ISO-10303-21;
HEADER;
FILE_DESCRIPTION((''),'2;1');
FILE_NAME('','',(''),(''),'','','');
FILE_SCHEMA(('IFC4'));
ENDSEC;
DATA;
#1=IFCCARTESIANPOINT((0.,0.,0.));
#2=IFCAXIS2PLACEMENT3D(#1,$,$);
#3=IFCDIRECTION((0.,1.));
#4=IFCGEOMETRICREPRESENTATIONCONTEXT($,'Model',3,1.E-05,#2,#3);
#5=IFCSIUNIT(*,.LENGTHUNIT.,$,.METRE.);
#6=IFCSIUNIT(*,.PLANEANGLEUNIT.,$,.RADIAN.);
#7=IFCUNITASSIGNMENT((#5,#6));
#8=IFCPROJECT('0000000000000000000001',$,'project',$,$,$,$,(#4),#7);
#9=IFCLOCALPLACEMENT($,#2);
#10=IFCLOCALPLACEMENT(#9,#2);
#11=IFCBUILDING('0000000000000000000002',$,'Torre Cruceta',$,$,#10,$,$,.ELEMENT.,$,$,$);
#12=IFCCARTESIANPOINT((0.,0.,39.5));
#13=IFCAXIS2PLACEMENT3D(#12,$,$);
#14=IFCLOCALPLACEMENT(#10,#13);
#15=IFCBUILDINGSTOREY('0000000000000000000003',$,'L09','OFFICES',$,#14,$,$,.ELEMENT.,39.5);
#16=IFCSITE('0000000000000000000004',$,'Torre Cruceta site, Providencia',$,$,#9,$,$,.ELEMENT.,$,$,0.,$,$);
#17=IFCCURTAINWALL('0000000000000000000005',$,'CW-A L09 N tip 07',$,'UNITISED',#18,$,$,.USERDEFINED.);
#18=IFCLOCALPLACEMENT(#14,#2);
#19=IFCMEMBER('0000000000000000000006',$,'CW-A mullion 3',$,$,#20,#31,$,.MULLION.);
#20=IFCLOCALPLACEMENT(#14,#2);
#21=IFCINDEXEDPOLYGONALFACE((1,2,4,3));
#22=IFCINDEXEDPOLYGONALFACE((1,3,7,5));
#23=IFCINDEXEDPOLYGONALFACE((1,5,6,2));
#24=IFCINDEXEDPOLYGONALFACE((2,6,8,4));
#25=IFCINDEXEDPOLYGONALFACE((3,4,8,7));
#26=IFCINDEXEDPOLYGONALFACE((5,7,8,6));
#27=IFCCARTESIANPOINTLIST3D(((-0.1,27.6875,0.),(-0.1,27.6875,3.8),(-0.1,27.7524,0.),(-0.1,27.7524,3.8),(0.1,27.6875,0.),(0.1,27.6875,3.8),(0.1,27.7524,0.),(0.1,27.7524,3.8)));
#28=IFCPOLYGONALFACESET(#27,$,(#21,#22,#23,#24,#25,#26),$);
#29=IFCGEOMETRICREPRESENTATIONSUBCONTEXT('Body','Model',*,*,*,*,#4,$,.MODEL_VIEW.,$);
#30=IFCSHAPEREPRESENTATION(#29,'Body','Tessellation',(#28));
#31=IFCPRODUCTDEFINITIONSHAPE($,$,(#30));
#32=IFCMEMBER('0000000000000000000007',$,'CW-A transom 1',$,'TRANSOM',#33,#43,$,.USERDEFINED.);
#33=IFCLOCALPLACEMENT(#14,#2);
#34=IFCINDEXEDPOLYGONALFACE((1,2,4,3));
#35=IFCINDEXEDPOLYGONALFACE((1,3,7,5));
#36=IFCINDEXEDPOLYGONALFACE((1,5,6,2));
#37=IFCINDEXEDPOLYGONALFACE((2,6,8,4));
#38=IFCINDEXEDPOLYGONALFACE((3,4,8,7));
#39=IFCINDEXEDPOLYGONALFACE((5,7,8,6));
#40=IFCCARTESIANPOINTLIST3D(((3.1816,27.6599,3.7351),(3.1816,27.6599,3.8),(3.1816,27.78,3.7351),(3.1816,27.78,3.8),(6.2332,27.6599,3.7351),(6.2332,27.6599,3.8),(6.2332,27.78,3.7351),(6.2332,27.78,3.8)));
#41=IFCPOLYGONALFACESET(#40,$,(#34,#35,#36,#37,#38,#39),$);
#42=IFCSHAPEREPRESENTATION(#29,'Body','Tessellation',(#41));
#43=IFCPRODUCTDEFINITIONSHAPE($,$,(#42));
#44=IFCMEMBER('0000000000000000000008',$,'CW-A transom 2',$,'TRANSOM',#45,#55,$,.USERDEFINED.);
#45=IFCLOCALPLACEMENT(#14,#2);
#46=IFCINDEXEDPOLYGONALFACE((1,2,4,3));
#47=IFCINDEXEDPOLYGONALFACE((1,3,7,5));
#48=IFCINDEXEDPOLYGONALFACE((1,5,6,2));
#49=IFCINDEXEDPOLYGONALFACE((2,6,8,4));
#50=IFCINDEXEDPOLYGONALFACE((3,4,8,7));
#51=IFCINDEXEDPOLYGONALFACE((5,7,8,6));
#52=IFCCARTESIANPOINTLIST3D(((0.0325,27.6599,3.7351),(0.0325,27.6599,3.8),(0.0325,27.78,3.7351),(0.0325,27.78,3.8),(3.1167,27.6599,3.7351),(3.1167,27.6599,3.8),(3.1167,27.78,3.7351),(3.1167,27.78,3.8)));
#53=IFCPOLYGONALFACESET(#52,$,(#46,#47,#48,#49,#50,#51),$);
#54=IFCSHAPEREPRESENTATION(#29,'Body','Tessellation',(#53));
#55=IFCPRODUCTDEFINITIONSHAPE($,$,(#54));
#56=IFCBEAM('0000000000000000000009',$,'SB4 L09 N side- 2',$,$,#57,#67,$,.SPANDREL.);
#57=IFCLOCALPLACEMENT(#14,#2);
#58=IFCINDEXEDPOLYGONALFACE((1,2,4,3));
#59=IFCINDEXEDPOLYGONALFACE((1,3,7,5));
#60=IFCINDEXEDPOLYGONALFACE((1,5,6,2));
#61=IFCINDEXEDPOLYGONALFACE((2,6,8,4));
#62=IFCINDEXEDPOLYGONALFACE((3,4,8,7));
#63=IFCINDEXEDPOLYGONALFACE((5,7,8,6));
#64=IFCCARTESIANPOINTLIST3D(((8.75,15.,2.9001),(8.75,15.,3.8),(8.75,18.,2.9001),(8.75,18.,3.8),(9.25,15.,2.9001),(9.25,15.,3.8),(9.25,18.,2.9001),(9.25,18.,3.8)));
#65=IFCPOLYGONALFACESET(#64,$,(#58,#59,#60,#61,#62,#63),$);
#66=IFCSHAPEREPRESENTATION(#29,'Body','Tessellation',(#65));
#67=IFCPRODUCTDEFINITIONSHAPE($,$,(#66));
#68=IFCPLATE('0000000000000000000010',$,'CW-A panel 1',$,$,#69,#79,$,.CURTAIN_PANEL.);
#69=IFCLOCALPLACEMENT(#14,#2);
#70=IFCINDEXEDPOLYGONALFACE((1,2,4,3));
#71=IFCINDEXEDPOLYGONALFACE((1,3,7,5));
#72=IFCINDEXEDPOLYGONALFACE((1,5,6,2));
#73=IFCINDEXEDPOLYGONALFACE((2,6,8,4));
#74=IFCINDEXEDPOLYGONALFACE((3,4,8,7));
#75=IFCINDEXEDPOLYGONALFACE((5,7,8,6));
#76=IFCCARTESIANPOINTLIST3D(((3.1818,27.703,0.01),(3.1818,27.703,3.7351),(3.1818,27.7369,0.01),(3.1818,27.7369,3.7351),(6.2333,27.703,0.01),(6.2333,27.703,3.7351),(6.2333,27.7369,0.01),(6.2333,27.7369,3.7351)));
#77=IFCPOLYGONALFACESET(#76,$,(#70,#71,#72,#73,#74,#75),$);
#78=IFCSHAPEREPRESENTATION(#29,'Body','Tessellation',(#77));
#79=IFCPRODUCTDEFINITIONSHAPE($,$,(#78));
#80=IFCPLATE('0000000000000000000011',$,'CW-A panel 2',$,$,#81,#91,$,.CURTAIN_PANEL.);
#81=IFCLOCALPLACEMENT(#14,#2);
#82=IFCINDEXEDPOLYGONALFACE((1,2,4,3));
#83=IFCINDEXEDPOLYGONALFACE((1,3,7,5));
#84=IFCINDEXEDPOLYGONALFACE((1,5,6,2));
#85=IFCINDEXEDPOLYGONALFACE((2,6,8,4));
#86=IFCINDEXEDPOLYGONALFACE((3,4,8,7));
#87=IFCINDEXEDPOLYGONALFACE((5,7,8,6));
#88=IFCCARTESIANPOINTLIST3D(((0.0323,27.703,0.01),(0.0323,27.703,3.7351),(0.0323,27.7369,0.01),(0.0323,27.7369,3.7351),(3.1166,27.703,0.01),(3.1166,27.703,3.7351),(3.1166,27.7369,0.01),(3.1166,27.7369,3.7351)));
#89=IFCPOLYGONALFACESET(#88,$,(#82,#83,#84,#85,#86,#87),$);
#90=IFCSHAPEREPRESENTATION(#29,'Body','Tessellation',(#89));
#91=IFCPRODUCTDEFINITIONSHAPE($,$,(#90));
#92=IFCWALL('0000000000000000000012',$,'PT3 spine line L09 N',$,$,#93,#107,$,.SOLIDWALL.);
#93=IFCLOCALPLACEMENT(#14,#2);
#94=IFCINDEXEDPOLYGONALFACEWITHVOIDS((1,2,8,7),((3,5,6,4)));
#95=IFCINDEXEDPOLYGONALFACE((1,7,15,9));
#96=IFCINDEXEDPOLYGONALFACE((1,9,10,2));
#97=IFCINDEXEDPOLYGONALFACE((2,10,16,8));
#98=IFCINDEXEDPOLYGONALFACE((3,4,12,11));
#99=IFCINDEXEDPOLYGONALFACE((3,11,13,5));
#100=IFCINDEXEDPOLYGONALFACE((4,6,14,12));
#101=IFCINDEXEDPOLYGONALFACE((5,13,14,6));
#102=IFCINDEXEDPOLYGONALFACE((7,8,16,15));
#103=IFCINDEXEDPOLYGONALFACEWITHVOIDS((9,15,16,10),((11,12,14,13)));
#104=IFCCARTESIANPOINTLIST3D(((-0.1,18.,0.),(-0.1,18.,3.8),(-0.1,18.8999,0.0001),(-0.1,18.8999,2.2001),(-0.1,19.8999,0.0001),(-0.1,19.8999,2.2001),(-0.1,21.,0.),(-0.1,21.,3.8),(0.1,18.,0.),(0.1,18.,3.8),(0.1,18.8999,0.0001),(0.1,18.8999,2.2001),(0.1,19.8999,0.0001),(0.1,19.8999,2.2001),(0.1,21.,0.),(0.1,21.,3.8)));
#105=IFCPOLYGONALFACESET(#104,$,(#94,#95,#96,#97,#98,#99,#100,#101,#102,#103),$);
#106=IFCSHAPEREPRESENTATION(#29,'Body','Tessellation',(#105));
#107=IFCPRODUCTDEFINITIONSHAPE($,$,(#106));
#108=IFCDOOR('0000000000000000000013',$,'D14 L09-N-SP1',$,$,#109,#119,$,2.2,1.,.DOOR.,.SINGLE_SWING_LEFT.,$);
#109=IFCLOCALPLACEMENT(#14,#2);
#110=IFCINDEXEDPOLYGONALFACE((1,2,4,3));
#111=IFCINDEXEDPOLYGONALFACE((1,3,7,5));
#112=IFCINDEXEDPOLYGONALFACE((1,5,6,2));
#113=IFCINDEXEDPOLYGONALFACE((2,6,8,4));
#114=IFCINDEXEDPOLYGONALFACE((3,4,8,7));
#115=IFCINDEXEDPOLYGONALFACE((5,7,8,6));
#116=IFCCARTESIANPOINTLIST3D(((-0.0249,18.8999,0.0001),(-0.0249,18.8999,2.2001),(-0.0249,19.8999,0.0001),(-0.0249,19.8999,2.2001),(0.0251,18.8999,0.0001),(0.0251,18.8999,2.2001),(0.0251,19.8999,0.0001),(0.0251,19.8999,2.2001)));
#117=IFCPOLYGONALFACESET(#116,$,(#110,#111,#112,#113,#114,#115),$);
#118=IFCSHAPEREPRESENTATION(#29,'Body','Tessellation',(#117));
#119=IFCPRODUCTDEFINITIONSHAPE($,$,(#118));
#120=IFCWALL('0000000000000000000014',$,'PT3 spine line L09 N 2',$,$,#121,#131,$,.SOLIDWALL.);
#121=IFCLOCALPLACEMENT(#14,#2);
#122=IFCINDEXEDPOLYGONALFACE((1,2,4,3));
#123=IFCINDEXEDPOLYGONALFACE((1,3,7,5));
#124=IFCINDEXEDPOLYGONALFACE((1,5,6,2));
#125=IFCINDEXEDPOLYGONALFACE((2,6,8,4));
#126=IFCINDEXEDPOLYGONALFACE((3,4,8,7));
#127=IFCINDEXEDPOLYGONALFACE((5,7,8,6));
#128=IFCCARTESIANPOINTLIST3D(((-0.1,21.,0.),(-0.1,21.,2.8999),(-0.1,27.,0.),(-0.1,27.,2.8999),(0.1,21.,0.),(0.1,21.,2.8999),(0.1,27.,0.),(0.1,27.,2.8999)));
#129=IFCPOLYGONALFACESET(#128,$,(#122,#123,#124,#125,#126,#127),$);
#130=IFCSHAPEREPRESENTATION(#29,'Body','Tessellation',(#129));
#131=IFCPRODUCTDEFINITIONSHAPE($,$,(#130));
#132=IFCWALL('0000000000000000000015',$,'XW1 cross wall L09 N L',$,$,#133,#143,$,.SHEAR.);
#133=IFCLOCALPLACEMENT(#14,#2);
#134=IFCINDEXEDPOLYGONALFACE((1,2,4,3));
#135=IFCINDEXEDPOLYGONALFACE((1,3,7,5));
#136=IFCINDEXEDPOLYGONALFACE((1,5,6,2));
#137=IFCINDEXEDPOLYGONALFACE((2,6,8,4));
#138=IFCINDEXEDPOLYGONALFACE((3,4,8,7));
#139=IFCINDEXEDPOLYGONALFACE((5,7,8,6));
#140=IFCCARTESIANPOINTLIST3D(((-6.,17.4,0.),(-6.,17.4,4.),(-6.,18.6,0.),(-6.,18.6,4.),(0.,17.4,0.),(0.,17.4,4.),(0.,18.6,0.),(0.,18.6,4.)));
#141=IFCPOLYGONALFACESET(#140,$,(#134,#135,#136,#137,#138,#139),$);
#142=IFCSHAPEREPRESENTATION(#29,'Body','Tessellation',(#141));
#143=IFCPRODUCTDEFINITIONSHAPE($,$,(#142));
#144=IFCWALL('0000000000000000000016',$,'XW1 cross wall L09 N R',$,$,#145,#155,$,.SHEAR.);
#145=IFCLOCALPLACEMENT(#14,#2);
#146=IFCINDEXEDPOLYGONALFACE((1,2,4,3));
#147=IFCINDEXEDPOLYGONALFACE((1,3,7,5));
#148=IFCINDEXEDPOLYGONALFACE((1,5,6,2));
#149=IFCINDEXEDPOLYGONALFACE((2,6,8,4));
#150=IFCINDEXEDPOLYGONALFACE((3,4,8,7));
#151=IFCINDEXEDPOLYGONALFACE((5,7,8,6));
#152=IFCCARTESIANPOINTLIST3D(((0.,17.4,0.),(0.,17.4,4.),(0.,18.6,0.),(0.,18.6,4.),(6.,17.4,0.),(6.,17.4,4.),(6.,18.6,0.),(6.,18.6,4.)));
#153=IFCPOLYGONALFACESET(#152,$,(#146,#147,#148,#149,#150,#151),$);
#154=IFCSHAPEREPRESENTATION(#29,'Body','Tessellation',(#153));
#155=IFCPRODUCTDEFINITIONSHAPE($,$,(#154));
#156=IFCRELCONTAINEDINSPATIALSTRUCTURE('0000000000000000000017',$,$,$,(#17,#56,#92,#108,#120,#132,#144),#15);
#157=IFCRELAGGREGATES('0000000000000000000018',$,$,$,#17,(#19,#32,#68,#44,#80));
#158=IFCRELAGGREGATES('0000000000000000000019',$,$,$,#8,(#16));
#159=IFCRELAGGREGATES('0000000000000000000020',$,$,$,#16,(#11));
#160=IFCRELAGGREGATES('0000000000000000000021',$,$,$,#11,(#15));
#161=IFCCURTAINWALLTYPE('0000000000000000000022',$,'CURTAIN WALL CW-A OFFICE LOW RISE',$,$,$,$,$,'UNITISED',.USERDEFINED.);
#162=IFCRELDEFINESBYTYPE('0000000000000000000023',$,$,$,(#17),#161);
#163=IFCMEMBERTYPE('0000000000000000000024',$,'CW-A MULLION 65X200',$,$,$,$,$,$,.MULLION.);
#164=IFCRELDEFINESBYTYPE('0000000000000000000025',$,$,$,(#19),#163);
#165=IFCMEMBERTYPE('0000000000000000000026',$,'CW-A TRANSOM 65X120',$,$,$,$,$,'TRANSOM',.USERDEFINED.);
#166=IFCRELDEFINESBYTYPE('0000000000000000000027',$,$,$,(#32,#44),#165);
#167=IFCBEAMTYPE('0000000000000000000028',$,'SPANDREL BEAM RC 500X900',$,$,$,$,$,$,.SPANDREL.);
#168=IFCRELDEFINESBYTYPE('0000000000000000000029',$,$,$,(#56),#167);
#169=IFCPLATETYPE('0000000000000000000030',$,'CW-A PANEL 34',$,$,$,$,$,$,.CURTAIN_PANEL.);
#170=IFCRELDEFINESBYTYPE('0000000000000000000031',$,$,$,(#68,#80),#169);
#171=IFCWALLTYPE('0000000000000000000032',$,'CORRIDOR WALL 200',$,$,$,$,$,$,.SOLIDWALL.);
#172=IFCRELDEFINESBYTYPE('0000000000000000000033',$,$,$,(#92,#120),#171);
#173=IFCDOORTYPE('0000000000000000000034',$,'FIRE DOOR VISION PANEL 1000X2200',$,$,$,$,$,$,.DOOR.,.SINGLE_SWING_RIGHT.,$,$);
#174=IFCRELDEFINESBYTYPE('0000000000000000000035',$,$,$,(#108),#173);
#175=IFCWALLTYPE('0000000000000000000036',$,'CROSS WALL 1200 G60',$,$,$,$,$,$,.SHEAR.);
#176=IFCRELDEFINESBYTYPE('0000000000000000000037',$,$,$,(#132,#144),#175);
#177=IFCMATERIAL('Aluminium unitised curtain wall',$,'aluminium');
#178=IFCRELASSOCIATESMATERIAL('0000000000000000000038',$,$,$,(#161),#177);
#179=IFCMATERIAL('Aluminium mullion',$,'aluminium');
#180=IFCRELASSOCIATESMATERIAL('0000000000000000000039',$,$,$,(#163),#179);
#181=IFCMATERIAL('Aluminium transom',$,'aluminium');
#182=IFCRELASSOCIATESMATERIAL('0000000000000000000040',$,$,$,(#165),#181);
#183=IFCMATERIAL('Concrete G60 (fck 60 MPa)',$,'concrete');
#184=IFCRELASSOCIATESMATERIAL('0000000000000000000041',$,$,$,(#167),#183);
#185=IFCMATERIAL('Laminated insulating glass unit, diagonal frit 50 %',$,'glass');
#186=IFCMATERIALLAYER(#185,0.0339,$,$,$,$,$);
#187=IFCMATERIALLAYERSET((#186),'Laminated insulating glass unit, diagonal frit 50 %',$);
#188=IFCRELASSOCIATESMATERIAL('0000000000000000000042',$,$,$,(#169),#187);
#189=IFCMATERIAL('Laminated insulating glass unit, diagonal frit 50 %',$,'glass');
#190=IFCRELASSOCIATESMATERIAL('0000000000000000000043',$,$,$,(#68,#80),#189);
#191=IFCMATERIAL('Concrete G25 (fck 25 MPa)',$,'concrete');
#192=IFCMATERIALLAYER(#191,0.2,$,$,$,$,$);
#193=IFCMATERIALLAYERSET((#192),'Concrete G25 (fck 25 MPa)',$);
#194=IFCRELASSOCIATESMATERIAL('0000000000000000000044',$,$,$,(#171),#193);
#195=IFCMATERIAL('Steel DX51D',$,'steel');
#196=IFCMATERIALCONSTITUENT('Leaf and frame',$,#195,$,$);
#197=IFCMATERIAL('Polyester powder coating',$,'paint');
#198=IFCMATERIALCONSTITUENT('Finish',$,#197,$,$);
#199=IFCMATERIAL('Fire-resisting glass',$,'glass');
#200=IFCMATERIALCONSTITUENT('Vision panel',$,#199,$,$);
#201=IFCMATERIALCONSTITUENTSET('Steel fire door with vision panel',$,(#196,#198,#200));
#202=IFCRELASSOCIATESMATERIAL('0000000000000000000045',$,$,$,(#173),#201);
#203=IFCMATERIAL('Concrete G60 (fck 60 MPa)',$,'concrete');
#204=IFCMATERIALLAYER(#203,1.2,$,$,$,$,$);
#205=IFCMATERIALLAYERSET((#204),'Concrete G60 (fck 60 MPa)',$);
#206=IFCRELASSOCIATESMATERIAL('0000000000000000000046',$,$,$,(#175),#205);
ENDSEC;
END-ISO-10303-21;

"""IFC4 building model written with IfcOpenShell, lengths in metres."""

from ifc_helpers import new_model, si_unit, direction, frame, frame_2d, origin, origin_2d, place, context, subcontext, project, spatial, rectangle, extrude, material, layer, layer_set, constituent, constituent_set, material_profile, profile_set, type_object, element, fill, aggregate, save


model = new_model("IFC4")

# Units and contexts
model_context = context("Model", 3, precision=1e-05, world=origin(), true_north=direction((0.0, 1.0)))
body_context = subcontext(model_context, "Body", "Model", "MODEL_VIEW")
ifc_project = project(units=[si_unit("LENGTHUNIT", "METRE"), si_unit("PLANEANGLEUNIT", "RADIAN")], contexts=[model_context])

# Site, building, storey
site_placement = place(None, origin())
site = spatial("IfcSite", under=ifc_project, at=site_placement, Name="Torre Cruceta site, Providencia", CompositionType="ELEMENT", RefElevation=0.0)
building_placement = place(site_placement, origin())
building = spatial("IfcBuilding", under=site, at=building_placement, Name="Torre Cruceta", CompositionType="ELEMENT")
storey_placement = place(building_placement, frame((0.0, 0.0, 39.5)))
storey = spatial("IfcBuildingStorey", under=building, at=storey_placement, Name="L09", Description="OFFICES", CompositionType="ELEMENT", Elevation=39.5)

# Curtain wall, members
ifc_material_1 = material(Name="Aluminium unitised curtain wall", Category="aluminium")
curtain_wall_type = type_object("IfcCurtainWallType", Name="CURTAIN WALL CW-A OFFICE LOW RISE", ElementType="UNITISED", PredefinedType="USERDEFINED", material=ifc_material_1)
curtain_wall_placement = place(storey_placement, origin())
curtain_wall = element("IfcCurtainWall", 1, at=curtain_wall_placement, inside=storey, type_object=curtain_wall_type, Name="CW-A L09 N tip 07", ObjectType="UNITISED", PredefinedType="USERDEFINED")
ifc_material_2 = material(Name="Aluminium mullion", Category="aluminium")
ifc_material_profile_1 = material_profile(ifc_material_2, rectangle(XDim=0.0649, YDim=0.2, at=origin_2d()), Name="AL 65X200")
ifc_profile_set_1 = profile_set([ifc_material_profile_1], Name="Aluminium mullion")
member_type_1 = type_object("IfcMemberType", Name="CW-A MULLION 65X200", PredefinedType="MULLION", material=ifc_profile_set_1)
member_1_placement = place(storey_placement, frame((0.0, 27.72, 0.0), z_axis=(0.0, 0.0, 1.0), x_axis=(0.0, -1.0, 0.0)))
member_1 = element("IfcMember", 2, at=member_1_placement, type_object=member_type_1, Name="CW-A mullion 3", PredefinedType="MULLION", context=body_context, shape_type="SweptSolid", body=[
    extrude(rectangle(XDim=0.0649, YDim=0.2, at=origin_2d()), origin(), (0.0, 0.0, 1.0), 3.8),
])
ifc_material_3 = material(Name="Aluminium transom", Category="aluminium")
ifc_material_profile_2 = material_profile(ifc_material_3, rectangle(XDim=0.1201, YDim=0.0649, at=origin_2d()), Name="AL 120X65")
ifc_profile_set_2 = profile_set([ifc_material_profile_2], Name="Aluminium transom")
member_type_2 = type_object("IfcMemberType", Name="CW-A TRANSOM 65X120", ElementType="TRANSOM", PredefinedType="USERDEFINED", material=ifc_profile_set_2)
member_2_placement = place(storey_placement, frame((6.2332, 27.72, 3.7676), z_axis=(-1.0, 0.0, 0.0), x_axis=(0.0, -1.0, 0.0)))
member_2 = element("IfcMember", 3, at=member_2_placement, type_object=member_type_2, Name="CW-A transom 1", ObjectType="TRANSOM", PredefinedType="USERDEFINED", context=body_context, shape_type="SweptSolid", body=[
    extrude(rectangle(XDim=0.1201, YDim=0.0649, at=origin_2d()), origin(), (0.0, 0.0, 1.0), 3.0515),
])
member_3_placement = place(storey_placement, frame((3.1167, 27.72, 3.7676), z_axis=(-1.0, 0.0, 0.0), x_axis=(0.0, -1.0, 0.0)))
member_3 = element("IfcMember", 4, at=member_3_placement, type_object=member_type_2, Name="CW-A transom 2", ObjectType="TRANSOM", PredefinedType="USERDEFINED", context=body_context, shape_type="SweptSolid", body=[
    extrude(rectangle(XDim=0.1201, YDim=0.0649, at=origin_2d()), origin(), (0.0, 0.0, 1.0), 3.0842),
])

# Beam
ifc_material_4 = material(Name="Concrete G60 (fck 60 MPa)", Category="concrete")
ifc_material_profile_3 = material_profile(ifc_material_4, rectangle(XDim=0.5, YDim=0.8999, at=origin_2d()), Name="RC 500X900")
ifc_profile_set_3 = profile_set([ifc_material_profile_3], Name="Concrete G60 (fck 60 MPa)")
beam_type_1 = type_object("IfcBeamType", Name="SPANDREL BEAM RC 500X900", PredefinedType="SPANDREL", material=ifc_profile_set_3)
beam_placement = place(storey_placement, frame((9.0, 15.0, 3.3501), z_axis=(0.0, 1.0, 0.0), x_axis=(-1.0, 0.0, 0.0)))
element("IfcBeam", 5, at=beam_placement, inside=storey, type_object=beam_type_1, Name="SB4 L09 N side- 2", PredefinedType="SPANDREL", context=body_context, shape_type="SweptSolid", body=[
    extrude(rectangle(XDim=0.5, YDim=0.8999, at=origin_2d()), origin(), (0.0, 0.0, 1.0), 3.0),
])

# Plates
ifc_material_5 = material(Name="Laminated insulating glass unit, diagonal frit 50 %", Category="glass")
ifc_material_6 = material(Name="Laminated insulating glass unit, diagonal frit 50 %", Category="glass")
ifc_layer_1 = layer(ifc_material_6, 0.0339)
ifc_layer_set_1 = layer_set([ifc_layer_1], Name="Laminated insulating glass unit, diagonal frit 50 %")
plate_type = type_object("IfcPlateType", Name="CW-A PANEL 34", PredefinedType="CURTAIN_PANEL", material=ifc_layer_set_1)
plate_1_placement = place(storey_placement, frame((4.7075, 27.72, 0.01), z_axis=(0.0, 0.0, 1.0), x_axis=(-1.0, 0.0, 0.0)))
plate_1 = element("IfcPlate", 6, at=plate_1_placement, type_object=plate_type, material=ifc_material_5, Name="CW-A panel 1", PredefinedType="CURTAIN_PANEL", context=body_context, shape_type="SweptSolid", body=[
    extrude(rectangle(XDim=3.0515, YDim=0.0339, at=origin_2d()), origin(), (0.0, 0.0, 1.0), 3.7251),
])
plate_2_placement = place(storey_placement, frame((1.5745, 27.72, 0.01), z_axis=(0.0, 0.0, 1.0), x_axis=(-1.0, 0.0, 0.0)))
plate_2 = element("IfcPlate", 7, at=plate_2_placement, type_object=plate_type, material=ifc_material_5, Name="CW-A panel 2", PredefinedType="CURTAIN_PANEL", context=body_context, shape_type="SweptSolid", body=[
    extrude(rectangle(XDim=3.0842, YDim=0.0339, at=origin_2d()), origin(), (0.0, 0.0, 1.0), 3.7251),
])
aggregate(curtain_wall, [member_1, member_2, plate_1, member_3, plate_2])

# Wall, opening, door
ifc_material_7 = material(Name="Concrete G25 (fck 25 MPa)", Category="concrete")
ifc_layer_2 = layer(ifc_material_7, 0.2)
ifc_layer_set_2 = layer_set([ifc_layer_2], Name="Concrete G25 (fck 25 MPa)")
wall_type_1 = type_object("IfcWallType", Name="CORRIDOR WALL 200", PredefinedType="SOLIDWALL", material=ifc_layer_set_2)
wall_1_placement = place(storey_placement, frame((0.0, 18.0, 0.0), z_axis=(0.0, 0.0, 1.0), x_axis=(0.0, 1.0, 0.0)))
wall_1 = element("IfcWall", 8, at=wall_1_placement, inside=storey, type_object=wall_type_1, Name="PT3 spine line L09 N", PredefinedType="SOLIDWALL", context=body_context, shape_type="SweptSolid", body=[
    extrude(rectangle(XDim=3.0, YDim=0.2, at=frame_2d((1.5, 0.0))), origin(), (0.0, 0.0, 1.0), 3.8),
])
opening_placement = place(wall_1_placement, frame((0.8999, 0.0, 0.0)))
opening = element("IfcOpeningElement", 9, at=opening_placement, cuts=wall_1, PredefinedType="OPENING", context=body_context, shape_type="SweptSolid", body=[
    extrude(rectangle(XDim=1.0, YDim=2.2, at=frame_2d((0.5, 1.1001))), frame((0.0, 0.1099, 0.0), z_axis=(0.0, -1.0, 0.0), x_axis=(1.0, 0.0, 0.0)), (0.0, 0.0, 1.0), 0.22),
])
ifc_material_8 = material(Name="Steel DX51D", Category="steel")
ifc_constituent_1 = constituent(ifc_material_8, Name="Leaf and frame")
ifc_material_9 = material(Name="Polyester powder coating", Category="paint")
ifc_constituent_2 = constituent(ifc_material_9, Name="Finish")
ifc_material_10 = material(Name="Fire-resisting glass", Category="glass")
ifc_constituent_3 = constituent(ifc_material_10, Name="Vision panel")
ifc_constituent_set = constituent_set(constituents=[ifc_constituent_1, ifc_constituent_2, ifc_constituent_3], Name="Steel fire door with vision panel")
door_type = type_object("IfcDoorType", Name="FIRE DOOR VISION PANEL 1000X2200", OperationType="SINGLE_SWING_RIGHT", PredefinedType="DOOR", material=ifc_constituent_set)
door_placement = place(opening_placement, origin())
door = element("IfcDoor", 10, at=door_placement, inside=storey, type_object=door_type, Name="D14 L09-N-SP1", OperationType="SINGLE_SWING_LEFT", OverallHeight=2.2, OverallWidth=1.0, PredefinedType="DOOR", context=body_context, shape_type="SweptSolid", body=[
    extrude(rectangle(XDim=1.0, YDim=2.2, at=frame_2d((0.5, 1.1001))), frame((0.0, 0.0249, 0.0), z_axis=(0.0, -1.0, 0.0), x_axis=(1.0, 0.0, 0.0)), (0.0, 0.0, 1.0), 0.05),
])
fill(opening, door)

# Walls
wall_2_placement = place(storey_placement, frame((0.0, 21.0, 0.0), z_axis=(0.0, 0.0, 1.0), x_axis=(0.0, 1.0, 0.0)))
element("IfcWall", 11, at=wall_2_placement, inside=storey, type_object=wall_type_1, Name="PT3 spine line L09 N 2", PredefinedType="SOLIDWALL", context=body_context, shape_type="SweptSolid", body=[
    extrude(rectangle(XDim=6.0, YDim=0.2, at=frame_2d((3.0, 0.0))), origin(), (0.0, 0.0, 1.0), 2.8999),
])
ifc_material_11 = material(Name="Concrete G60 (fck 60 MPa)", Category="concrete")
ifc_layer_3 = layer(ifc_material_11, 1.2)
ifc_layer_set_3 = layer_set([ifc_layer_3], Name="Concrete G60 (fck 60 MPa)")
wall_type_2 = type_object("IfcWallType", Name="CROSS WALL 1200 G60", PredefinedType="SHEAR", material=ifc_layer_set_3)
for number, where, z_axis, x_axis, name in (
    (12, (0.0, 18.0, 0.0), (0.0, 0.0, 1.0), (-1.0, 0.0, 0.0), "XW1 cross wall L09 N L"),
    (13, (0.0, 18.0, 0.0), (0.0, 0.0, 1.0), (1.0, 0.0, 0.0), "XW1 cross wall L09 N R"),
):
    element("IfcWall", number, at=place(storey_placement, frame(where, z_axis=z_axis, x_axis=x_axis)), inside=storey, type_object=wall_type_2, Name=name, PredefinedType="SHEAR", context=body_context, shape_type="SweptSolid", body=[
        extrude(rectangle(XDim=6.0, YDim=1.2, at=frame_2d((3.0, 0.0))), origin(), (0.0, 0.0, 1.0), 4.0),
    ])

save(model, "model.ifc")
